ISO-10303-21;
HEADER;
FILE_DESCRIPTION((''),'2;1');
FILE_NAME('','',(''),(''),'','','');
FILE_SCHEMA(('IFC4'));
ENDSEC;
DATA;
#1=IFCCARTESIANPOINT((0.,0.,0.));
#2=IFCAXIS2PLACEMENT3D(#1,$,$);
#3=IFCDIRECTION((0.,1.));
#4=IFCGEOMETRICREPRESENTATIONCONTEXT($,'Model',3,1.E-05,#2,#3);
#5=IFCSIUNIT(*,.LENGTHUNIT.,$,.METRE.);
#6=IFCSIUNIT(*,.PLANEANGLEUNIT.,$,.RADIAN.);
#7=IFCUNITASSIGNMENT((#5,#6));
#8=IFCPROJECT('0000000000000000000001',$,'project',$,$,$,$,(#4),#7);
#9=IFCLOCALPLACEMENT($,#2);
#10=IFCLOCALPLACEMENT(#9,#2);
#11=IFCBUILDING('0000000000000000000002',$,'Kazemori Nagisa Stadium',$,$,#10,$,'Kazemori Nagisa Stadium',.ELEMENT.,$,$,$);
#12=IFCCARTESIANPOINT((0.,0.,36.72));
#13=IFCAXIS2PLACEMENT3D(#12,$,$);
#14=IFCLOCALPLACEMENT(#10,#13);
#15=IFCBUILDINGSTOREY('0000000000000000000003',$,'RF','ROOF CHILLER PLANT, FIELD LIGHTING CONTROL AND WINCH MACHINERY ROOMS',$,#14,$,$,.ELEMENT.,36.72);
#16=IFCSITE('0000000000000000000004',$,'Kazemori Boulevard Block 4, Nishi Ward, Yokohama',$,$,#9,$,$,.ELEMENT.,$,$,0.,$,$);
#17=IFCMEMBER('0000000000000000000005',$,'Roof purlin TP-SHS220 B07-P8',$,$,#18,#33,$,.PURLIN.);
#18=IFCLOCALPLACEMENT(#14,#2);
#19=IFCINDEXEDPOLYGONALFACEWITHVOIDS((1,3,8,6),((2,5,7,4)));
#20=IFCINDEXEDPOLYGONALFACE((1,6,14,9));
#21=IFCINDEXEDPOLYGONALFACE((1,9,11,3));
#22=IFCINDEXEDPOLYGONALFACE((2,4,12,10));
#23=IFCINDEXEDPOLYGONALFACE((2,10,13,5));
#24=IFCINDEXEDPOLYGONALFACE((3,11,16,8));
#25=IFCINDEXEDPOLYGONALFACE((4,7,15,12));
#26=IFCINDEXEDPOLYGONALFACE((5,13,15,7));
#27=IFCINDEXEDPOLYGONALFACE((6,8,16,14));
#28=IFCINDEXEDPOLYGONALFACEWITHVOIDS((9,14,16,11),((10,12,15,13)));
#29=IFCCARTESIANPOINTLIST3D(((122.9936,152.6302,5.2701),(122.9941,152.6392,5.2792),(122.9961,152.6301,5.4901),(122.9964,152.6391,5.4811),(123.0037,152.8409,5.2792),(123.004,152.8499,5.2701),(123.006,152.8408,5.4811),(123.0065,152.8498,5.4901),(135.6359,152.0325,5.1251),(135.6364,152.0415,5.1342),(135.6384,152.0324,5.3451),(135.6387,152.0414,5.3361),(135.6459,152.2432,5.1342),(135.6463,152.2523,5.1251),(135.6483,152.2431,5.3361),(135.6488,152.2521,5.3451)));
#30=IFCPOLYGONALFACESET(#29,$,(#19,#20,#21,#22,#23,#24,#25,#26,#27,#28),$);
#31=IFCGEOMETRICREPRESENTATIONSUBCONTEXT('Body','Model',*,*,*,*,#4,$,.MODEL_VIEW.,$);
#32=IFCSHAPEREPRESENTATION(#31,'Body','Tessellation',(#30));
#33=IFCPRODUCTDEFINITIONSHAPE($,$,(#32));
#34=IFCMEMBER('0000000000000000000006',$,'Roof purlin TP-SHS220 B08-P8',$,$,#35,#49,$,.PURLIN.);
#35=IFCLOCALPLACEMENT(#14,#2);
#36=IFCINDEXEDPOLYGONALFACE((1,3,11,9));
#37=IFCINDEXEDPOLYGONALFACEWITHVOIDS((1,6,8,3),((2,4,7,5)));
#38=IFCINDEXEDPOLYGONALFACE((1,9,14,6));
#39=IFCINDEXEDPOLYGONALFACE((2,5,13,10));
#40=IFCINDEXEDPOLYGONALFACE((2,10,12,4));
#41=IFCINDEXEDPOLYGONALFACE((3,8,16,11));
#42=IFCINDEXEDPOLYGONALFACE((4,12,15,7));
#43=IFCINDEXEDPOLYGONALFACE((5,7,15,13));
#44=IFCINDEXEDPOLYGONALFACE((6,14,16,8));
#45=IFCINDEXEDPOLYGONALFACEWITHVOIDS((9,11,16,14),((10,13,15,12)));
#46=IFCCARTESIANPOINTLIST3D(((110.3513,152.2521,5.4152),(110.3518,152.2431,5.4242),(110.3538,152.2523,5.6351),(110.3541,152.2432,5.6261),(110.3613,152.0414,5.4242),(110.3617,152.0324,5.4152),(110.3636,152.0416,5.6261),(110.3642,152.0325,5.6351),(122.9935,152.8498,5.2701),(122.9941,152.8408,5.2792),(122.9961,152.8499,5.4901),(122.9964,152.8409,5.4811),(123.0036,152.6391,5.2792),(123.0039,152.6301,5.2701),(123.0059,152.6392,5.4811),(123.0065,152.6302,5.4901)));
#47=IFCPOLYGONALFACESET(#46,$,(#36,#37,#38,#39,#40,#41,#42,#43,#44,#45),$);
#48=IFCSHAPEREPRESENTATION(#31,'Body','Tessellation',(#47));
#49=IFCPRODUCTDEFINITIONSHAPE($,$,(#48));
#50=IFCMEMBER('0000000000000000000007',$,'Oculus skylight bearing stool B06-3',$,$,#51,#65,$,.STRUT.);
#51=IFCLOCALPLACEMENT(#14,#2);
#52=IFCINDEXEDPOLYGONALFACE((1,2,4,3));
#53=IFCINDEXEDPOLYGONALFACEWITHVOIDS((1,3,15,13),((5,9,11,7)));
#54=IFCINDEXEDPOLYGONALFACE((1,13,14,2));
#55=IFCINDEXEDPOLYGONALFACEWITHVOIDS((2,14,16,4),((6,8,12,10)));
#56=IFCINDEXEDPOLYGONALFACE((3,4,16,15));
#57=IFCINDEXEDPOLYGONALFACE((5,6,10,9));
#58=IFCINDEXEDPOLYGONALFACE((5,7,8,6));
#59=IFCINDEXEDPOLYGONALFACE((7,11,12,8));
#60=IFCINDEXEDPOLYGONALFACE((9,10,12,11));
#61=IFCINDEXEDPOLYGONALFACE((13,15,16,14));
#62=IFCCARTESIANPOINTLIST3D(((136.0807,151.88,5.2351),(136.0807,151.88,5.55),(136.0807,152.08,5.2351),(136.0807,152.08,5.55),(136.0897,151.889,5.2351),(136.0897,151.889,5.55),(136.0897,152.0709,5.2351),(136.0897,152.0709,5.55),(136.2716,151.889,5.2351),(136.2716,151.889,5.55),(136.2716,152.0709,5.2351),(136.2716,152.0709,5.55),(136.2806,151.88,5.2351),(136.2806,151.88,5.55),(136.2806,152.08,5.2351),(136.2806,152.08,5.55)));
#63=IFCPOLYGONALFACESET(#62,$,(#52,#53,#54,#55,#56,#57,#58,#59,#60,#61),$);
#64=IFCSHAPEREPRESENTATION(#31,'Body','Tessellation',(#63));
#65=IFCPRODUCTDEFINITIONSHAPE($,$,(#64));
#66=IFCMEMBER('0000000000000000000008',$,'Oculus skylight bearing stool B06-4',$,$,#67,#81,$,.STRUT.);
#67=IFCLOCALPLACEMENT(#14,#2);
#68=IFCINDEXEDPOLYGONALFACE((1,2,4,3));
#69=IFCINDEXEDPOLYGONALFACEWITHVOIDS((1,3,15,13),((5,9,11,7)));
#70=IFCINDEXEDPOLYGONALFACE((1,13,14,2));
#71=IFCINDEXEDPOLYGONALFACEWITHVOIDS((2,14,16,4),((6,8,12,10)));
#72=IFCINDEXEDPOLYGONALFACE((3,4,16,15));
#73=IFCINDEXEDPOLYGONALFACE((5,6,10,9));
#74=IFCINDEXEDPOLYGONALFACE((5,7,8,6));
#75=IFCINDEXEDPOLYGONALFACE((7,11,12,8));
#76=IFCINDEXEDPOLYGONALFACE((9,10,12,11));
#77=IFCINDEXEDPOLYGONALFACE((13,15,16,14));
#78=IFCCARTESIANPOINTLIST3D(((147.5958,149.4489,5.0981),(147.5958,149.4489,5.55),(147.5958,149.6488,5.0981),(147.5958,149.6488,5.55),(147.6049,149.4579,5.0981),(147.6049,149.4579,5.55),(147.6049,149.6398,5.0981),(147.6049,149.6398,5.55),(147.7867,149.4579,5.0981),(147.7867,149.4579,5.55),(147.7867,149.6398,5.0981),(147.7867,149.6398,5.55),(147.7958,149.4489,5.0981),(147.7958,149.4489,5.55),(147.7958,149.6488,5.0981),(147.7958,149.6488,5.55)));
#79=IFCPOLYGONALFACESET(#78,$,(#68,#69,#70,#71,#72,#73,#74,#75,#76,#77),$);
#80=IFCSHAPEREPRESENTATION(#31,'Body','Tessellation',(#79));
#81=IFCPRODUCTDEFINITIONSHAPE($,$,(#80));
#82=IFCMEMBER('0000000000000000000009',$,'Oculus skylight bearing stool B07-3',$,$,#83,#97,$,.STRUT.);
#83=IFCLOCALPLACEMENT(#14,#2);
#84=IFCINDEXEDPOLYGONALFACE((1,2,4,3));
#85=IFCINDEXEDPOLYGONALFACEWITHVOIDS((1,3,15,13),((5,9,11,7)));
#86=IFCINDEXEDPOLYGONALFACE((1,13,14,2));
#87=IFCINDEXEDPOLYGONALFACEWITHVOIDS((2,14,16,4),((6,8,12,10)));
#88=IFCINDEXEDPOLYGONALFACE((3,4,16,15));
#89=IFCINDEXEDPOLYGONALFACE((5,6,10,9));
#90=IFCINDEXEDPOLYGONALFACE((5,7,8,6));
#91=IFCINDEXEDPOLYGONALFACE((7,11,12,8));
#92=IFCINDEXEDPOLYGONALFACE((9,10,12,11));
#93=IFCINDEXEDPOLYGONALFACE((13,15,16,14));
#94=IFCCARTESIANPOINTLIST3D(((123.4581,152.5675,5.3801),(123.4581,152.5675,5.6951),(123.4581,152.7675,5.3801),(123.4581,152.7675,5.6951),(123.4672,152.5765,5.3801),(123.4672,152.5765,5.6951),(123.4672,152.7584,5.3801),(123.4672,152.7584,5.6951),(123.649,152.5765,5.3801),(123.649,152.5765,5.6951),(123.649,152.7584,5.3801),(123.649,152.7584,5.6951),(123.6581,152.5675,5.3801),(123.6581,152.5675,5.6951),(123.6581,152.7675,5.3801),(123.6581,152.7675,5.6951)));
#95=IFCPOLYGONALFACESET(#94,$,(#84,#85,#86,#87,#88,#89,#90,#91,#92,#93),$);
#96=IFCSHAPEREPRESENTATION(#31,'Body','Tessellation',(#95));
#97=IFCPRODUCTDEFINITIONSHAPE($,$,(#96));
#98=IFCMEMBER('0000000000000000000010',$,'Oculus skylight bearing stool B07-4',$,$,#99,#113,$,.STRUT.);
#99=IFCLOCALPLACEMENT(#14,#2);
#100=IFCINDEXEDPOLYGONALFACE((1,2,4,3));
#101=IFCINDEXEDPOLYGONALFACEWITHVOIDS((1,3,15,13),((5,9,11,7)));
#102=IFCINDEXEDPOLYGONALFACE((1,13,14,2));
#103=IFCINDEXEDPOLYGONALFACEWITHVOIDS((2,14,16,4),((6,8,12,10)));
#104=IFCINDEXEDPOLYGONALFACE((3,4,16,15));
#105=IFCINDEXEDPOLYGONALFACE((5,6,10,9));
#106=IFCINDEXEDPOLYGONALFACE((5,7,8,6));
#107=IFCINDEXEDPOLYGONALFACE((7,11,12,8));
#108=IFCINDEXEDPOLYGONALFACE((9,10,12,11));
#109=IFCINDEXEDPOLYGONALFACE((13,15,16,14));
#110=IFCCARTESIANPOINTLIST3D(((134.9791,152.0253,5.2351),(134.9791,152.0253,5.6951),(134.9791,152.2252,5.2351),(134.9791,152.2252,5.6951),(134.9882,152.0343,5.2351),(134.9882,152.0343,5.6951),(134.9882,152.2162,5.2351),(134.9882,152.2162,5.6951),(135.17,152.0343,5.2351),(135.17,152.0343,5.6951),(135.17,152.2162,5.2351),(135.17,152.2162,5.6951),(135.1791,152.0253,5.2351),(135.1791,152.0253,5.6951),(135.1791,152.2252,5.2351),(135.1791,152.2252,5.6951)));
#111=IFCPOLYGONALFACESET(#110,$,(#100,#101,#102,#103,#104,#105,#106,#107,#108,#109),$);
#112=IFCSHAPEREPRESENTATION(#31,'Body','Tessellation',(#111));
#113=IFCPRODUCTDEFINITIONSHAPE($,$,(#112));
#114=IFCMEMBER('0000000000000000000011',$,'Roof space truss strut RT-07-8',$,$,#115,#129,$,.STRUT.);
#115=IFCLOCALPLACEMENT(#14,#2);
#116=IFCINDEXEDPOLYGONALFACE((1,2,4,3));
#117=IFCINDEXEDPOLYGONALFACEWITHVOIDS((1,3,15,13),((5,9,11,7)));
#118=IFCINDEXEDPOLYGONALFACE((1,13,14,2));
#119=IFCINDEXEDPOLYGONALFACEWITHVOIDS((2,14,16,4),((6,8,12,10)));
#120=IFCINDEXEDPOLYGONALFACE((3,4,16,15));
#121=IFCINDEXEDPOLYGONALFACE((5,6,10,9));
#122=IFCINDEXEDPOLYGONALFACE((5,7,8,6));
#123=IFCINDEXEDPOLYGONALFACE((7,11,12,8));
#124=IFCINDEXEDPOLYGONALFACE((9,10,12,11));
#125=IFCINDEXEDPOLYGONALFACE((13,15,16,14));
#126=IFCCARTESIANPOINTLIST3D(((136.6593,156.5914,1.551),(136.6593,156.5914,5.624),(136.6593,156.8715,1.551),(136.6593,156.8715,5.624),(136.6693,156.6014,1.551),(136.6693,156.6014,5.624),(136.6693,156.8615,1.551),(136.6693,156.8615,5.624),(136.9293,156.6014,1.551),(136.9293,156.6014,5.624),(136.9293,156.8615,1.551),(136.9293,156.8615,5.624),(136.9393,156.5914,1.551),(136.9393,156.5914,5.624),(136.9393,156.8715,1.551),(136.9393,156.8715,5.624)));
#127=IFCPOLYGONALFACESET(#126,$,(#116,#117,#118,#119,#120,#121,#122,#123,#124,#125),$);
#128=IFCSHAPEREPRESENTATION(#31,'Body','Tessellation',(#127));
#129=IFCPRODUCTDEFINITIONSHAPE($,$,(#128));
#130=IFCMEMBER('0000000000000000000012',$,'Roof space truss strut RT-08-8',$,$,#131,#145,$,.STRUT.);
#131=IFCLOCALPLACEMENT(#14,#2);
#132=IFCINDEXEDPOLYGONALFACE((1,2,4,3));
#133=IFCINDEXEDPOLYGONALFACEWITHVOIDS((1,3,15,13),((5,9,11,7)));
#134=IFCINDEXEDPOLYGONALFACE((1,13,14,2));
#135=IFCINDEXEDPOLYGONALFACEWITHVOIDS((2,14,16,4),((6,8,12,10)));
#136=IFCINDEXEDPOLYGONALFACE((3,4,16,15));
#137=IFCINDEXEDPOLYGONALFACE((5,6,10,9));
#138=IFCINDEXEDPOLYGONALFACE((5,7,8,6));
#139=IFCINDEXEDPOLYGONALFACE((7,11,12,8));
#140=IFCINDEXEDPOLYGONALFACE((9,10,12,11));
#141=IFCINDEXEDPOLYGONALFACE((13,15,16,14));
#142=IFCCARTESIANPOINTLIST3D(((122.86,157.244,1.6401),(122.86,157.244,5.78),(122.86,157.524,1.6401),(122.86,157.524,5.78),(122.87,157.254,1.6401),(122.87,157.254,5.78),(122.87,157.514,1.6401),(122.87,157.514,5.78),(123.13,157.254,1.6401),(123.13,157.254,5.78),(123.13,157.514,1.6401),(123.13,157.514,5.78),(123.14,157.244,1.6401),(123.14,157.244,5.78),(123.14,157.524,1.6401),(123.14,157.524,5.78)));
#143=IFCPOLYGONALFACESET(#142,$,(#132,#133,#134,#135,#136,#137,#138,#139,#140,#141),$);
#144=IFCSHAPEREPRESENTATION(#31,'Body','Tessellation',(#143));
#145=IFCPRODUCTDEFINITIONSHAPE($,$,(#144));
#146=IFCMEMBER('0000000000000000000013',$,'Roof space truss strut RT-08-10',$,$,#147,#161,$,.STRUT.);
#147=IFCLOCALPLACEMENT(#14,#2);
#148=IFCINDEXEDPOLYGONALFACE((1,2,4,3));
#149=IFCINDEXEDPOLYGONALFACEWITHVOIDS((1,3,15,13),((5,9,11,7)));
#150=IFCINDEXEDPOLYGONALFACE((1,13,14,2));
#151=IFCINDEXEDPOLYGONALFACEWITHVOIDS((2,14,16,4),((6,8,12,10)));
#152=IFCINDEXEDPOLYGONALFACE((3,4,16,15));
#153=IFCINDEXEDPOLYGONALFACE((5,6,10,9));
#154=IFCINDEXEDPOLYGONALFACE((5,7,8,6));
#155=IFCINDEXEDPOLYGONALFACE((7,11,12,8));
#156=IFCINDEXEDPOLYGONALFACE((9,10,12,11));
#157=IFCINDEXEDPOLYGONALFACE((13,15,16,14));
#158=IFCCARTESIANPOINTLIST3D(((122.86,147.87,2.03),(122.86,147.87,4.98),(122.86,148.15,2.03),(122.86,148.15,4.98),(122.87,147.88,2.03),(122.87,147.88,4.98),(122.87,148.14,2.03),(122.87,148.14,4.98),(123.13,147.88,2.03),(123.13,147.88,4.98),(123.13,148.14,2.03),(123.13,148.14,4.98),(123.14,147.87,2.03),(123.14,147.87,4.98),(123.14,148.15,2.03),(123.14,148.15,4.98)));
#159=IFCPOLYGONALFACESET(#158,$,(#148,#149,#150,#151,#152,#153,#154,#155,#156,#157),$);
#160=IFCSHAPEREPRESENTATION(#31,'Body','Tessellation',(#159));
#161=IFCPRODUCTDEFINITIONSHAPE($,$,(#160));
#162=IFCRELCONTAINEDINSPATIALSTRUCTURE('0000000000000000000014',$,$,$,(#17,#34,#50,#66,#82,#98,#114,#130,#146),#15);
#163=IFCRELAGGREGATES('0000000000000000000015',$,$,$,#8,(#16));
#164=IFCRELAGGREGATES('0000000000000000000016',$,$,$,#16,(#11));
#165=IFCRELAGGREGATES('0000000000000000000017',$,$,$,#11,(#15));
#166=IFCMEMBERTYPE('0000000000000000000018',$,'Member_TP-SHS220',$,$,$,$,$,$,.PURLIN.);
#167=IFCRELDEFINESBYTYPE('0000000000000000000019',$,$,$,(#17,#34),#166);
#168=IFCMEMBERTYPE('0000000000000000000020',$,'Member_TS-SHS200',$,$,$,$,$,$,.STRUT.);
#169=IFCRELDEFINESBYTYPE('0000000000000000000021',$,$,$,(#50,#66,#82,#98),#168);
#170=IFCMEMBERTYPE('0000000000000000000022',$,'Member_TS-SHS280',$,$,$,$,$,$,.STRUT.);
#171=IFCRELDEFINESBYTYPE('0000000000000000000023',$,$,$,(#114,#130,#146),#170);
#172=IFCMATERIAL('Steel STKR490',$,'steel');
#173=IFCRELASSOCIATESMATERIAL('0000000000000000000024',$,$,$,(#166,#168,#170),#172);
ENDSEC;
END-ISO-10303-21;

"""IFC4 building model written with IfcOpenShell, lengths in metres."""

from ifc_helpers import new_model, si_unit, direction, frame, origin, origin_2d, place, context, subcontext, project, spatial, hollow_rectangle, extrude, material, material_profile, profile_set, type_object, element, save


model = new_model("IFC4")

# Units and contexts
model_context = context("Model", 3, precision=1e-05, world=origin(), true_north=direction((0.0, 1.0)))
body_context = subcontext(model_context, "Body", "Model", "MODEL_VIEW")
ifc_project = project(units=[si_unit("LENGTHUNIT", "METRE"), si_unit("PLANEANGLEUNIT", "RADIAN")], contexts=[model_context])

# Site, building, storey
site_placement = place(None, origin())
site = spatial("IfcSite", under=ifc_project, at=site_placement, Name="Kazemori Boulevard Block 4, Nishi Ward, Yokohama", CompositionType="ELEMENT", RefElevation=0.0)
building_placement = place(site_placement, origin())
building = spatial("IfcBuilding", under=site, at=building_placement, Name="Kazemori Nagisa Stadium", LongName="Kazemori Nagisa Stadium", CompositionType="ELEMENT")
storey_placement = place(building_placement, frame((0.0, 0.0, 36.72)))
storey = spatial("IfcBuildingStorey", under=building, at=storey_placement, Name="RF", Description="ROOF CHILLER PLANT, FIELD LIGHTING CONTROL AND WINCH MACHINERY ROOMS", CompositionType="ELEMENT", Elevation=36.72)

# Members
ifc_material = material(Name="Steel STKR490", Category="steel")
ifc_material_profile_1 = material_profile(ifc_material, hollow_rectangle(XDim=0.22, YDim=0.22, WallThickness=0.009, at=origin_2d()), Name="SHS-220x220x9")
ifc_profile_set_1 = profile_set([ifc_material_profile_1], Name="Steel STKR490")
member_type_1 = type_object("IfcMemberType", Name="Member_TP-SHS220", PredefinedType="PURLIN", material=ifc_profile_set_1)
for number, where, z_axis, x_axis, name in (
    (1, (135.6423, 152.1423, 5.2351), (-0.998819, 0.047218, 0.011457), (-0.047221, -0.998884, 0.0), "Roof purlin TP-SHS220 B07-P8"),
    (2, (123.0, 152.74, 5.3801), (-0.998819, -0.047218, 0.011457), (0.047221, -0.998884, 0.0), "Roof purlin TP-SHS220 B08-P8"),
):
    element("IfcMember", number, at=place(storey_placement, frame(where, z_axis=z_axis, x_axis=x_axis)), inside=storey, type_object=member_type_1, Name=name, PredefinedType="PURLIN", context=body_context, shape_type="SweptSolid", body=[
        extrude(hollow_rectangle(XDim=0.22, YDim=0.22, WallThickness=0.009, at=origin_2d()), origin(), (0.0, 0.0, 1.0), 12.6572),
    ])
ifc_material_profile_2 = material_profile(ifc_material, hollow_rectangle(XDim=0.2, YDim=0.2, WallThickness=0.009, at=origin_2d()), Name="SHS-200x200x9")
ifc_profile_set_2 = profile_set([ifc_material_profile_2], Name="Steel STKR490")
member_type_2 = type_object("IfcMemberType", Name="Member_TS-SHS200", PredefinedType="STRUT", material=ifc_profile_set_2)
member_1_placement = place(storey_placement, frame((136.1807, 151.98, 5.2351), z_axis=(0.0, 0.0, 1.0), x_axis=(1.0, 0.0, 0.0)))
element("IfcMember", 3, at=member_1_placement, inside=storey, type_object=member_type_2, Name="Oculus skylight bearing stool B06-3", PredefinedType="STRUT", context=body_context, shape_type="SweptSolid", body=[
    extrude(hollow_rectangle(XDim=0.2, YDim=0.2, WallThickness=0.009, at=origin_2d()), origin(), (0.0, 0.0, 1.0), 0.3149),
])
member_2_placement = place(storey_placement, frame((147.6958, 149.5488, 5.0981), z_axis=(0.0, 0.0, 1.0), x_axis=(1.0, 0.0, 0.0)))
element("IfcMember", 4, at=member_2_placement, inside=storey, type_object=member_type_2, Name="Oculus skylight bearing stool B06-4", PredefinedType="STRUT", context=body_context, shape_type="SweptSolid", body=[
    extrude(hollow_rectangle(XDim=0.2, YDim=0.2, WallThickness=0.009, at=origin_2d()), origin(), (0.0, 0.0, 1.0), 0.4519),
])
member_3_placement = place(storey_placement, frame((123.5581, 152.6675, 5.3801), z_axis=(0.0, 0.0, 1.0), x_axis=(1.0, 0.0, 0.0)))
element("IfcMember", 5, at=member_3_placement, inside=storey, type_object=member_type_2, Name="Oculus skylight bearing stool B07-3", PredefinedType="STRUT", context=body_context, shape_type="SweptSolid", body=[
    extrude(hollow_rectangle(XDim=0.2, YDim=0.2, WallThickness=0.009, at=origin_2d()), origin(), (0.0, 0.0, 1.0), 0.3149),
])
member_4_placement = place(storey_placement, frame((135.0791, 152.1252, 5.2351), z_axis=(0.0, 0.0, 1.0), x_axis=(1.0, 0.0, 0.0)))
element("IfcMember", 6, at=member_4_placement, inside=storey, type_object=member_type_2, Name="Oculus skylight bearing stool B07-4", PredefinedType="STRUT", context=body_context, shape_type="SweptSolid", body=[
    extrude(hollow_rectangle(XDim=0.2, YDim=0.2, WallThickness=0.009, at=origin_2d()), origin(), (0.0, 0.0, 1.0), 0.46),
])
ifc_material_profile_3 = material_profile(ifc_material, hollow_rectangle(XDim=0.28, YDim=0.28, WallThickness=0.01, at=origin_2d()), Name="SHS-280x280x10")
ifc_profile_set_3 = profile_set([ifc_material_profile_3], Name="Steel STKR490")
member_type_3 = type_object("IfcMemberType", Name="Member_TS-SHS280", PredefinedType="STRUT", material=ifc_profile_set_3)
member_5_placement = place(storey_placement, frame((136.7993, 156.7314, 1.551), z_axis=(0.0, 0.0, 1.0), x_axis=(1.0, 0.0, 0.0)))
element("IfcMember", 7, at=member_5_placement, inside=storey, type_object=member_type_3, Name="Roof space truss strut RT-07-8", PredefinedType="STRUT", context=body_context, shape_type="SweptSolid", body=[
    extrude(hollow_rectangle(XDim=0.28, YDim=0.28, WallThickness=0.01, at=origin_2d()), origin(), (0.0, 0.0, 1.0), 4.073),
])
member_6_placement = place(storey_placement, frame((123.0, 157.384, 1.6401), z_axis=(0.0, 0.0, 1.0), x_axis=(1.0, 0.0, 0.0)))
element("IfcMember", 8, at=member_6_placement, inside=storey, type_object=member_type_3, Name="Roof space truss strut RT-08-8", PredefinedType="STRUT", context=body_context, shape_type="SweptSolid", body=[
    extrude(hollow_rectangle(XDim=0.28, YDim=0.28, WallThickness=0.01, at=origin_2d()), origin(), (0.0, 0.0, 1.0), 4.1399),
])
member_7_placement = place(storey_placement, frame((123.0, 148.01, 2.03), z_axis=(0.0, 0.0, 1.0), x_axis=(1.0, 0.0, 0.0)))
element("IfcMember", 9, at=member_7_placement, inside=storey, type_object=member_type_3, Name="Roof space truss strut RT-08-10", PredefinedType="STRUT", context=body_context, shape_type="SweptSolid", body=[
    extrude(hollow_rectangle(XDim=0.28, YDim=0.28, WallThickness=0.01, at=origin_2d()), origin(), (0.0, 0.0, 1.0), 2.95),
])

save(model, "model.ifc")
